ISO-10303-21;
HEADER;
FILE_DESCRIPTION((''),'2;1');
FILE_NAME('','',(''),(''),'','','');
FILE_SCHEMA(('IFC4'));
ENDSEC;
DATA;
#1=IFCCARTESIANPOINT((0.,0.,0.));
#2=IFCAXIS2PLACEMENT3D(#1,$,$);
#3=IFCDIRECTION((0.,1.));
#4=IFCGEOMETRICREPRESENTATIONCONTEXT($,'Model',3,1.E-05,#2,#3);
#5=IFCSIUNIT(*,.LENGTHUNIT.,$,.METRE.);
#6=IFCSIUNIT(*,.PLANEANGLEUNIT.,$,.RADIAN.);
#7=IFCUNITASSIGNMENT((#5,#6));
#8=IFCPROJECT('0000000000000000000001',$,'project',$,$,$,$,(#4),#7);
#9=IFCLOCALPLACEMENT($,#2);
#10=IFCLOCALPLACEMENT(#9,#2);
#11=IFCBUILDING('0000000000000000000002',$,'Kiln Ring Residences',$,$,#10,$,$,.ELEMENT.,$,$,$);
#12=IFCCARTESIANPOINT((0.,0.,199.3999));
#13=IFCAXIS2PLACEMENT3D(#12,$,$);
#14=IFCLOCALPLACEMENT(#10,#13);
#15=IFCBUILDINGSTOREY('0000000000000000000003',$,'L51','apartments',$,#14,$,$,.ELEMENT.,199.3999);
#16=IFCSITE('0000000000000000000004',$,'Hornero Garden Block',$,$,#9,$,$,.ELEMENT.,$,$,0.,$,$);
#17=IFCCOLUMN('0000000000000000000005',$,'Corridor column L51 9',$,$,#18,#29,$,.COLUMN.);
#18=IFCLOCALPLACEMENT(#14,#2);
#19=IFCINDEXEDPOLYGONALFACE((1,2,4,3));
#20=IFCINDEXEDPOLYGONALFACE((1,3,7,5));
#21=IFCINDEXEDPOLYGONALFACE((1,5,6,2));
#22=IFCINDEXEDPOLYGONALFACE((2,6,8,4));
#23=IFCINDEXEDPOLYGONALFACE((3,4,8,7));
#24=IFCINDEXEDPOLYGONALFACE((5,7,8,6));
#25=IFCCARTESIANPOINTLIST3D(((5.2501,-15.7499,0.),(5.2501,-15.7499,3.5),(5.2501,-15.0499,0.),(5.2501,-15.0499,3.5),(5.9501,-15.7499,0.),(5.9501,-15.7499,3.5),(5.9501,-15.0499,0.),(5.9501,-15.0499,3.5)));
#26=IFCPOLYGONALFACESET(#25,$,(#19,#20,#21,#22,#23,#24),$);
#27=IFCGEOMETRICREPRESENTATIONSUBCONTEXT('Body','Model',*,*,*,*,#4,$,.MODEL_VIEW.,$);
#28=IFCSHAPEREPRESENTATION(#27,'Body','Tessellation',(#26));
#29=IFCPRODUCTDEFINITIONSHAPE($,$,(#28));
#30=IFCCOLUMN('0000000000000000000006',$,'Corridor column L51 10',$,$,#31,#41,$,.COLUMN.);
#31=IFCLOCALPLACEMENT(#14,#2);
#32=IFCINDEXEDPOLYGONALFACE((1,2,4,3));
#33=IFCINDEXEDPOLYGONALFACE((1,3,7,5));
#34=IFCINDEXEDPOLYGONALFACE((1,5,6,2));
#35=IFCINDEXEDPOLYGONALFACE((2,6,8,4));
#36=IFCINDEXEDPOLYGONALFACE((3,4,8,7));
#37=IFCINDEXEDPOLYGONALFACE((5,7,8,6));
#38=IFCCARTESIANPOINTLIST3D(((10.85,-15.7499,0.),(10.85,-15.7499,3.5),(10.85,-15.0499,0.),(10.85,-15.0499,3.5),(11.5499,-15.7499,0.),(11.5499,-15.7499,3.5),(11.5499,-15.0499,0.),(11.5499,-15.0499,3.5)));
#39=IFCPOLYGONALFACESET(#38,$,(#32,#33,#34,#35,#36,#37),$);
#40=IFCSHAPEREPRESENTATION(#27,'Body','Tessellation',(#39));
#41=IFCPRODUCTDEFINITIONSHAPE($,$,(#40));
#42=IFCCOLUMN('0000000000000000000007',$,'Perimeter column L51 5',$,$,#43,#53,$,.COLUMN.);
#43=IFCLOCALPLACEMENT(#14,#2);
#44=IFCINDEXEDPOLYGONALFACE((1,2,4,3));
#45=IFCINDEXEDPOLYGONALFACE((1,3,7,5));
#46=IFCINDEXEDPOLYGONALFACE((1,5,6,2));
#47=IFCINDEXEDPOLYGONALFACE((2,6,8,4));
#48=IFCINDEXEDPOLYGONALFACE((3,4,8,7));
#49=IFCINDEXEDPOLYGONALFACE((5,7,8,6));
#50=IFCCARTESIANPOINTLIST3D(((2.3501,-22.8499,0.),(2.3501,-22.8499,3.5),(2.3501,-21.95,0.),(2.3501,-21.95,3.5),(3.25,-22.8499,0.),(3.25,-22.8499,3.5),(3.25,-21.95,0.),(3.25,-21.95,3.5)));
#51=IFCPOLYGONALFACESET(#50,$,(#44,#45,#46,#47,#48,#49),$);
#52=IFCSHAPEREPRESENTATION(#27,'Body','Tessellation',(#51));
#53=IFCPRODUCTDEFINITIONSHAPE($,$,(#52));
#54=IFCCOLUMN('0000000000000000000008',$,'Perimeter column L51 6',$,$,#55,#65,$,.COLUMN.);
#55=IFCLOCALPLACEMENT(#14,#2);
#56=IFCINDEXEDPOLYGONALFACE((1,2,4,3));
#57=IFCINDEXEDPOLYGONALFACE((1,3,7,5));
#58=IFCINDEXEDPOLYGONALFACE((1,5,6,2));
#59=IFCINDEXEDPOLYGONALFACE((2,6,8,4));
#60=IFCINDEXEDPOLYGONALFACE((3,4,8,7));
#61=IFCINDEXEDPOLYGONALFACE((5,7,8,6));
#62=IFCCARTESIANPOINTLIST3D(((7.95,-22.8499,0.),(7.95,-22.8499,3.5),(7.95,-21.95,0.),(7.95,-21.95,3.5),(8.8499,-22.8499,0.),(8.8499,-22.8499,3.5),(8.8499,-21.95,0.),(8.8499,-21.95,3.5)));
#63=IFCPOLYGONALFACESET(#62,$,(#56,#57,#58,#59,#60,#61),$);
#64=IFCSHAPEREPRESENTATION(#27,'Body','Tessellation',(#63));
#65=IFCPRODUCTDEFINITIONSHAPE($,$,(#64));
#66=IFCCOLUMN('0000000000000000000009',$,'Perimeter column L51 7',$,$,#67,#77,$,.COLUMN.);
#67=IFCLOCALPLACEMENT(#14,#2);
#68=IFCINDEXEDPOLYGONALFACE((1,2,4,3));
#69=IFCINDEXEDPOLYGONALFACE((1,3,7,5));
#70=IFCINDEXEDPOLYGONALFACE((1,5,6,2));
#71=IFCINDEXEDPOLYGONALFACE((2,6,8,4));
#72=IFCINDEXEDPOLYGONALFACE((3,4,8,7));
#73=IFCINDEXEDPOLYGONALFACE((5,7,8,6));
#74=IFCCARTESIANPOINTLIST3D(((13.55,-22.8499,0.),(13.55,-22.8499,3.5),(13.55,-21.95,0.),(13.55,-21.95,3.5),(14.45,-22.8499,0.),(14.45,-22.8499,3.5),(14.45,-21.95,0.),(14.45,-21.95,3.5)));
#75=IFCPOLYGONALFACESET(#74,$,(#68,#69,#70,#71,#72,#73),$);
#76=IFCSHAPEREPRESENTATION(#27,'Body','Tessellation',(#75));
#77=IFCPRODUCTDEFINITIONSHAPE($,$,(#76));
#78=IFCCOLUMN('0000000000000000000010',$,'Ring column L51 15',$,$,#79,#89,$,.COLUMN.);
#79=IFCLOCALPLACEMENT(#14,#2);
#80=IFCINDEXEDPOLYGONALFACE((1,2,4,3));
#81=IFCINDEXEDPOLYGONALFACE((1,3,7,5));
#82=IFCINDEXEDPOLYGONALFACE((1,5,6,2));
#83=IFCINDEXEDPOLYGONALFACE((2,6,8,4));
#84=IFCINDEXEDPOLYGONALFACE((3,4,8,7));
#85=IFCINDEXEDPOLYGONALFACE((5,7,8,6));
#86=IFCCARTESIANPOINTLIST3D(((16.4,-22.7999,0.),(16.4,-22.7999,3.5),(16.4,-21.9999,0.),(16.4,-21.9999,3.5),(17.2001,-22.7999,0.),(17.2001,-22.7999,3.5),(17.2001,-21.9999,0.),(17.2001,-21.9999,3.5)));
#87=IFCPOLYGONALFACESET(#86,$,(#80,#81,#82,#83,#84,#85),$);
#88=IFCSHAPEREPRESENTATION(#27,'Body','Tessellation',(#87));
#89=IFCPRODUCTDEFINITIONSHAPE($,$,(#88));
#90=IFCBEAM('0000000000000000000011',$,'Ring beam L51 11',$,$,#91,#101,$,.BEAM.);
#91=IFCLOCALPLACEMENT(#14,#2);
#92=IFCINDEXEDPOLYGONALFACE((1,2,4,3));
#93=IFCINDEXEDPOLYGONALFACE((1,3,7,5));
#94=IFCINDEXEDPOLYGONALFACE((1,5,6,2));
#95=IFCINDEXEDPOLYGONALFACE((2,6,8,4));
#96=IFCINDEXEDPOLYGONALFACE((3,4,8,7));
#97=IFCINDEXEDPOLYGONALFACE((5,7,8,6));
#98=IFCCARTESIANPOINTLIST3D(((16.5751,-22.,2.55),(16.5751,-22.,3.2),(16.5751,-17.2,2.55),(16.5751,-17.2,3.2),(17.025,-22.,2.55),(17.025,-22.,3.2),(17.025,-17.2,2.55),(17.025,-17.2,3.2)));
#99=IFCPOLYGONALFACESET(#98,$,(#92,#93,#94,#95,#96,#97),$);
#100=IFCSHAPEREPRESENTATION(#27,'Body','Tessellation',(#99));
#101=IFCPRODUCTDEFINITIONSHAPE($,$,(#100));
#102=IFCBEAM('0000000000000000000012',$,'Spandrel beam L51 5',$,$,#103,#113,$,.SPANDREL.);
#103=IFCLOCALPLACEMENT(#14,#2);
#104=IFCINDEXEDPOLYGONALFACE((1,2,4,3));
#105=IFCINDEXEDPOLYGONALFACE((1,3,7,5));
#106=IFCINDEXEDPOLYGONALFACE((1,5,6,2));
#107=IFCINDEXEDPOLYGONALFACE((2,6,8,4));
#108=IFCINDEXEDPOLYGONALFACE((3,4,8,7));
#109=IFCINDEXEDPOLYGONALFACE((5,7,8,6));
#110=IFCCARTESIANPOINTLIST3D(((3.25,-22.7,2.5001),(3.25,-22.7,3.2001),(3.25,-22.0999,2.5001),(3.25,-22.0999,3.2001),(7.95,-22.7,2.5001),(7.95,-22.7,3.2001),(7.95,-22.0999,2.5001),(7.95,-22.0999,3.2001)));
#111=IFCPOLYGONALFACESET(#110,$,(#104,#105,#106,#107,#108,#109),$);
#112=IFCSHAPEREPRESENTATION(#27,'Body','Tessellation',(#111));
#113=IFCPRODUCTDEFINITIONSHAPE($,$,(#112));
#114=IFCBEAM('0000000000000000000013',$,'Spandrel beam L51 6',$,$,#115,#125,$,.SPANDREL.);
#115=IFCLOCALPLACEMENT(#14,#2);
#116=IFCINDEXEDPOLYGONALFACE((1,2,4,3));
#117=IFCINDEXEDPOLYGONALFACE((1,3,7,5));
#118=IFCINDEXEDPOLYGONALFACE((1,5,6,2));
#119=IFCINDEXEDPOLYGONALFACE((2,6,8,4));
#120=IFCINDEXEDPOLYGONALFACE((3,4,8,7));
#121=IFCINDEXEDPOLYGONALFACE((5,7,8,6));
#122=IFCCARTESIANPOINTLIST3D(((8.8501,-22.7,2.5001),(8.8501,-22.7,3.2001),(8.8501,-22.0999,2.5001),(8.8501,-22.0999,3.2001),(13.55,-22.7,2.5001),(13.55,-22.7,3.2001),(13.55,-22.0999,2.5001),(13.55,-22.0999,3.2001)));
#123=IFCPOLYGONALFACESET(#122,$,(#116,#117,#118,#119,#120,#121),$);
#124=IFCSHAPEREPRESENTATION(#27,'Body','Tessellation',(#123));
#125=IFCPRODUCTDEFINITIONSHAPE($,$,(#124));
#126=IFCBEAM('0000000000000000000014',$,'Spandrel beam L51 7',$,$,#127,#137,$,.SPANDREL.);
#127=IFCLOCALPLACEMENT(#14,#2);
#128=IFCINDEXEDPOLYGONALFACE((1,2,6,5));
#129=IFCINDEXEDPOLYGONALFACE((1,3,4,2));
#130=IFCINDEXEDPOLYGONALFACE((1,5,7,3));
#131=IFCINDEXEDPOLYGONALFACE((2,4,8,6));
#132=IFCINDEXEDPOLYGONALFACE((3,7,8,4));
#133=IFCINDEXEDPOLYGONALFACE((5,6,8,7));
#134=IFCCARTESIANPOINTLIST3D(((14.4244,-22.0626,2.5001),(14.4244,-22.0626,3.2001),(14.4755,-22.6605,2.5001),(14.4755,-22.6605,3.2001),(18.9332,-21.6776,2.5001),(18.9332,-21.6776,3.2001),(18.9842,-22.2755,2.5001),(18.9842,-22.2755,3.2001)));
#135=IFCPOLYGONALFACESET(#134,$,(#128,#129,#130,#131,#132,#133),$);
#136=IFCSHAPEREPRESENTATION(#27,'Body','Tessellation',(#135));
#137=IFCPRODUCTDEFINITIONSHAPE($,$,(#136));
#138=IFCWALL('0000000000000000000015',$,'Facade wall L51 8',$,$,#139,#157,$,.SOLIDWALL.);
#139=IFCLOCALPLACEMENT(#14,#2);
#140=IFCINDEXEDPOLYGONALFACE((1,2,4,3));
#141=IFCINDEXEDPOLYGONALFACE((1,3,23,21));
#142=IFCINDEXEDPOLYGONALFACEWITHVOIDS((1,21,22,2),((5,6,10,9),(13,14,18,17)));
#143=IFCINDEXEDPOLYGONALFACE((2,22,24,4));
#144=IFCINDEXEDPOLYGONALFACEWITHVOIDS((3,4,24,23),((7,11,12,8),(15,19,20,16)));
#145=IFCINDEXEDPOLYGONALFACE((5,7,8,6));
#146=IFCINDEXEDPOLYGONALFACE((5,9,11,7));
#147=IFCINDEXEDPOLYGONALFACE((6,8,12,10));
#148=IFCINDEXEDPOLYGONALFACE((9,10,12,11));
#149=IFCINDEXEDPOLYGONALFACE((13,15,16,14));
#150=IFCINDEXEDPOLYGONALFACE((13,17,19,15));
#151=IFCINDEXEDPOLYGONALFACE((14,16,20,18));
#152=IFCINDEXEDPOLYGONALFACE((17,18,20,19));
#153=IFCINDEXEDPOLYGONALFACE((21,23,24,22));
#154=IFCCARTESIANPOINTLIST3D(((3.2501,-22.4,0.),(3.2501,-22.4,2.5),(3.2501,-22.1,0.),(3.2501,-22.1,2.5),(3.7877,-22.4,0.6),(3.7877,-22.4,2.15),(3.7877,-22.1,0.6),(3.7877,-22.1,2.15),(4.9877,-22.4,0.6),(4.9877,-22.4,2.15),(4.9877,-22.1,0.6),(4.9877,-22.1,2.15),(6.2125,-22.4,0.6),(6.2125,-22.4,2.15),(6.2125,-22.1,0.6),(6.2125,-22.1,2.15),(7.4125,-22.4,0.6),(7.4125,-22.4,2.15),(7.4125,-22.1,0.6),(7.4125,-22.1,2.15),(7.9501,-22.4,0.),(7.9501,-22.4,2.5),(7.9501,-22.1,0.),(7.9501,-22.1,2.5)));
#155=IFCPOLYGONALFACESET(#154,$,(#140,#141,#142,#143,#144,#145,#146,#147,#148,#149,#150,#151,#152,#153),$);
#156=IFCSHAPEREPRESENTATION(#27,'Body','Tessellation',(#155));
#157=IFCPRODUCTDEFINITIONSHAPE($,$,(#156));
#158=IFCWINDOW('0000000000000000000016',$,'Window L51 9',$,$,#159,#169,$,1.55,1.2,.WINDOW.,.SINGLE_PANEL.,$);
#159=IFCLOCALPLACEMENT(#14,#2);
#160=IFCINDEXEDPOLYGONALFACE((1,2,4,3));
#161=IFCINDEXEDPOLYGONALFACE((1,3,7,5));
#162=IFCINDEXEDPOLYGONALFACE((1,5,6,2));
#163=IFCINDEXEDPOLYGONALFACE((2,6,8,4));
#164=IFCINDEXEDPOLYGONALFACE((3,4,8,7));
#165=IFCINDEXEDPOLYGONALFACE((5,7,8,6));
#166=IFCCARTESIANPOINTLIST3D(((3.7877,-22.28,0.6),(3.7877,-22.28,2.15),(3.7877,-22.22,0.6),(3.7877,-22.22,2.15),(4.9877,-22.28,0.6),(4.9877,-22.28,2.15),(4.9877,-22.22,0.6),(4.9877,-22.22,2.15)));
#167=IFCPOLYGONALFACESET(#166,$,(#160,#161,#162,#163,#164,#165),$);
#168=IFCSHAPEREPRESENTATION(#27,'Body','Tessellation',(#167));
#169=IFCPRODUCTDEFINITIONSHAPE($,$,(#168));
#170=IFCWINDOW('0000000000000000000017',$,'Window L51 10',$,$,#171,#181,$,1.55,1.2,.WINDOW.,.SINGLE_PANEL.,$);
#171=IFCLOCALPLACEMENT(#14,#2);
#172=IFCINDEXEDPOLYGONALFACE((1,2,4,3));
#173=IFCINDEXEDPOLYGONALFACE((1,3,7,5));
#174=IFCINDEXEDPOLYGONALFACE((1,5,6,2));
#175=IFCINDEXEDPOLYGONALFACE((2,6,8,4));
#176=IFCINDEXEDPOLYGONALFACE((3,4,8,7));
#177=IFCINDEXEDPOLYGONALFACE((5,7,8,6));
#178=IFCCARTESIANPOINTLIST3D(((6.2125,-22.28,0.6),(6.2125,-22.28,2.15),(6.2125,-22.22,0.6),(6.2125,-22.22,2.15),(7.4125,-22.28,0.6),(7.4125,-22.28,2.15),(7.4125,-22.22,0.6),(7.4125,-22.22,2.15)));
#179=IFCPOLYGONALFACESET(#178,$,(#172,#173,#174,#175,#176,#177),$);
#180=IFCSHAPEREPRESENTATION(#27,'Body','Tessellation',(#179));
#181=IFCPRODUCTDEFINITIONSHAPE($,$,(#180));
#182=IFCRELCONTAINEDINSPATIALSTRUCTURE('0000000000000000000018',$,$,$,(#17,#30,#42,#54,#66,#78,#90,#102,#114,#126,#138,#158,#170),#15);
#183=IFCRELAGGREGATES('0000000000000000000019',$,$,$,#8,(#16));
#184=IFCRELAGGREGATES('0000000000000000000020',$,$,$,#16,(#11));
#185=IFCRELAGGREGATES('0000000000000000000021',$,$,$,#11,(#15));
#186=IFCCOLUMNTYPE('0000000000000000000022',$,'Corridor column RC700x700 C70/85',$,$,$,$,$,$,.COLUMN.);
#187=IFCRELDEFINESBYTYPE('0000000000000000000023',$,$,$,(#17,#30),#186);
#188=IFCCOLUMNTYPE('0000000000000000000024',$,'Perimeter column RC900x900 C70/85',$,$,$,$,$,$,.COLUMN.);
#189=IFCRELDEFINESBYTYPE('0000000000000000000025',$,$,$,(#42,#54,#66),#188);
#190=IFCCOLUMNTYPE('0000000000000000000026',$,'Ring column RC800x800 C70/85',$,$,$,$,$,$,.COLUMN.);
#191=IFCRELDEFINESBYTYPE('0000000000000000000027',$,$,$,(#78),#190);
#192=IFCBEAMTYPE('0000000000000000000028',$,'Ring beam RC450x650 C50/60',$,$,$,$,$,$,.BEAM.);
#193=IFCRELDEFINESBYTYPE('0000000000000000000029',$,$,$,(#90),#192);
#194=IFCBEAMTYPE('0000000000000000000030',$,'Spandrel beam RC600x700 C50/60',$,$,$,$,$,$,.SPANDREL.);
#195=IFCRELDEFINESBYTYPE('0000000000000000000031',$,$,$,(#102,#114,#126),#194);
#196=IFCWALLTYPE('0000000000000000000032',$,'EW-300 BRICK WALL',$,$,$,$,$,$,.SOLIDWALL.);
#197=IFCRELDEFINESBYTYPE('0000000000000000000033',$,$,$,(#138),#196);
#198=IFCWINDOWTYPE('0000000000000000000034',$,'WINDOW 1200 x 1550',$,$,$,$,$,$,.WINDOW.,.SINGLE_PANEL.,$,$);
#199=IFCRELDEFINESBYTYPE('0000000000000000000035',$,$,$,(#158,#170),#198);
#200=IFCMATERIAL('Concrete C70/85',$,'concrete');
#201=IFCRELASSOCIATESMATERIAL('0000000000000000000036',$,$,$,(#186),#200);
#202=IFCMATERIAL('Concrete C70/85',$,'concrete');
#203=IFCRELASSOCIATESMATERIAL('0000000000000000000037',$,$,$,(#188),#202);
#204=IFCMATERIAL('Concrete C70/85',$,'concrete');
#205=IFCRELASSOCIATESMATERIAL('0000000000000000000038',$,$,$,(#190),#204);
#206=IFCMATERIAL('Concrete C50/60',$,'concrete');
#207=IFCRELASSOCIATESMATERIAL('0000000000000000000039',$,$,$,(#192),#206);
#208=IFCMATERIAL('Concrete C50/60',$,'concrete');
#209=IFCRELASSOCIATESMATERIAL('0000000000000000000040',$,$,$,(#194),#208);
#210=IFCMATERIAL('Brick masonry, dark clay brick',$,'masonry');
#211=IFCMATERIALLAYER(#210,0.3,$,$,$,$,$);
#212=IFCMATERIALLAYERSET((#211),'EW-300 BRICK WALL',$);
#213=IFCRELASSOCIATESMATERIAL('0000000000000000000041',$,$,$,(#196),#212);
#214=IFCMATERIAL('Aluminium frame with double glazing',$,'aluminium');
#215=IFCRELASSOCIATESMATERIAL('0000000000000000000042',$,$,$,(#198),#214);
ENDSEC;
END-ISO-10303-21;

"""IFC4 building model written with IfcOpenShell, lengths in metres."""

from ifc_helpers import new_model, si_unit, direction, frame, frame_2d, origin, origin_2d, place, context, subcontext, project, spatial, rectangle, extrude, material, layer, layer_set, material_profile, profile_set, type_object, element, fill, save


model = new_model("IFC4")

# Units and contexts
model_context = context("Model", 3, precision=1e-05, world=origin(), true_north=direction((0.0, 1.0)))
body_context = subcontext(model_context, "Body", "Model", "MODEL_VIEW")
ifc_project = project(units=[si_unit("LENGTHUNIT", "METRE"), si_unit("PLANEANGLEUNIT", "RADIAN")], contexts=[model_context])

# Site, building, storey
site_placement = place(None, origin())
site = spatial("IfcSite", under=ifc_project, at=site_placement, Name="Hornero Garden Block", CompositionType="ELEMENT", RefElevation=0.0)
building_placement = place(site_placement, origin())
building = spatial("IfcBuilding", under=site, at=building_placement, Name="Kiln Ring Residences", CompositionType="ELEMENT")
storey_placement = place(building_placement, frame((0.0, 0.0, 199.3999)))
storey = spatial("IfcBuildingStorey", under=building, at=storey_placement, Name="L51", Description="apartments", CompositionType="ELEMENT", Elevation=199.3999)

# Columns
ifc_material_1 = material(Name="Concrete C70/85", Category="concrete")
ifc_material_profile_1 = material_profile(ifc_material_1, rectangle(XDim=0.7, YDim=0.7, at=origin_2d()), Name="RC700x700")
ifc_profile_set_1 = profile_set([ifc_material_profile_1], Name="Concrete C70/85")
column_type_1 = type_object("IfcColumnType", Name="Corridor column RC700x700 C70/85", PredefinedType="COLUMN", material=ifc_profile_set_1)
for number, where, z_axis, x_axis, name in (
    (1, (5.6001, -15.3999, 0.0), (0.0, 0.0, 1.0), (1.0, 0.0, 0.0), "Corridor column L51 9"),
    (2, (11.2, -15.3999, 0.0), (0.0, 0.0, 1.0), (1.0, 0.0, 0.0), "Corridor column L51 10"),
):
    element("IfcColumn", number, at=place(storey_placement, frame(where, z_axis=z_axis, x_axis=x_axis)), inside=storey, type_object=column_type_1, Name=name, PredefinedType="COLUMN", context=body_context, shape_type="SweptSolid", body=[
        extrude(rectangle(XDim=0.7, YDim=0.7, at=origin_2d()), origin(), (0.0, 0.0, 1.0), 3.5),
    ])
ifc_material_2 = material(Name="Concrete C70/85", Category="concrete")
ifc_material_profile_2 = material_profile(ifc_material_2, rectangle(XDim=0.8999, YDim=0.8999, at=origin_2d()), Name="RC900x900")
ifc_profile_set_2 = profile_set([ifc_material_profile_2], Name="Concrete C70/85")
column_type_2 = type_object("IfcColumnType", Name="Perimeter column RC900x900 C70/85", PredefinedType="COLUMN", material=ifc_profile_set_2)
for number, where, z_axis, x_axis, name in (
    (3, (2.8, -22.3999, 0.0), (0.0, 0.0, 1.0), (1.0, 0.0, 0.0), "Perimeter column L51 5"),
    (4, (8.3999, -22.3999, 0.0), (0.0, 0.0, 1.0), (1.0, 0.0, 0.0), "Perimeter column L51 6"),
    (5, (14.0, -22.3999, 0.0), (0.0, 0.0, 1.0), (1.0, 0.0, 0.0), "Perimeter column L51 7"),
):
    element("IfcColumn", number, at=place(storey_placement, frame(where, z_axis=z_axis, x_axis=x_axis)), inside=storey, type_object=column_type_2, Name=name, PredefinedType="COLUMN", context=body_context, shape_type="SweptSolid", body=[
        extrude(rectangle(XDim=0.8999, YDim=0.8999, at=origin_2d()), origin(), (0.0, 0.0, 1.0), 3.5),
    ])
ifc_material_3 = material(Name="Concrete C70/85", Category="concrete")
ifc_material_profile_3 = material_profile(ifc_material_3, rectangle(XDim=0.8, YDim=0.8, at=origin_2d()), Name="RC800x800")
ifc_profile_set_3 = profile_set([ifc_material_profile_3], Name="Concrete C70/85")
column_type_3 = type_object("IfcColumnType", Name="Ring column RC800x800 C70/85", PredefinedType="COLUMN", material=ifc_profile_set_3)
column_placement = place(storey_placement, frame((16.8, -22.3999, 0.0), z_axis=(0.0, 0.0, 1.0), x_axis=(1.0, 0.0, 0.0)))
element("IfcColumn", 6, at=column_placement, inside=storey, type_object=column_type_3, Name="Ring column L51 15", PredefinedType="COLUMN", context=body_context, shape_type="SweptSolid", body=[
    extrude(rectangle(XDim=0.8, YDim=0.8, at=origin_2d()), origin(), (0.0, 0.0, 1.0), 3.5),
])

# Beams
ifc_material_4 = material(Name="Concrete C50/60", Category="concrete")
ifc_material_profile_4 = material_profile(ifc_material_4, rectangle(XDim=0.45, YDim=0.6499, at=origin_2d()), Name="RC450x650")
ifc_profile_set_4 = profile_set([ifc_material_profile_4], Name="Concrete C50/60")
beam_type_1 = type_object("IfcBeamType", Name="Ring beam RC450x650 C50/60", PredefinedType="BEAM", material=ifc_profile_set_4)
beam_1_placement = place(storey_placement, frame((16.8, -17.2, 2.875), z_axis=(0.0, -1.0, 0.0), x_axis=(1.0, 0.0, 0.0)))
element("IfcBeam", 7, at=beam_1_placement, inside=storey, type_object=beam_type_1, Name="Ring beam L51 11", PredefinedType="BEAM", context=body_context, shape_type="SweptSolid", body=[
    extrude(rectangle(XDim=0.45, YDim=0.6499, at=origin_2d()), origin(), (0.0, 0.0, 1.0), 4.8),
])
ifc_material_5 = material(Name="Concrete C50/60", Category="concrete")
ifc_material_profile_5 = material_profile(ifc_material_5, rectangle(XDim=0.6001, YDim=0.7, at=origin_2d()), Name="RC600x700")
ifc_profile_set_5 = profile_set([ifc_material_profile_5], Name="Concrete C50/60")
beam_type_2 = type_object("IfcBeamType", Name="Spandrel beam RC600x700 C50/60", PredefinedType="SPANDREL", material=ifc_profile_set_5)
for number, where, z_axis, x_axis, name in (
    (8, (3.25, -22.3999, 2.8501), (1.0, 0.0, 0.0), (0.0, 1.0, 0.0), "Spandrel beam L51 5"),
    (9, (8.8501, -22.3999, 2.8501), (1.0, 0.0, 0.0), (0.0, 1.0, 0.0), "Spandrel beam L51 6"),
):
    element("IfcBeam", number, at=place(storey_placement, frame(where, z_axis=z_axis, x_axis=x_axis)), inside=storey, type_object=beam_type_2, Name=name, PredefinedType="SPANDREL", context=body_context, shape_type="SweptSolid", body=[
        extrude(rectangle(XDim=0.6001, YDim=0.7, at=origin_2d()), origin(), (0.0, 0.0, 1.0), 4.7),
    ])
beam_2_placement = place(storey_placement, frame((14.45, -22.3616, 2.8501), z_axis=(0.996374, 0.085081, 0.0), x_axis=(-0.085081, 0.996374, 0.0)))
element("IfcBeam", 10, at=beam_2_placement, inside=storey, type_object=beam_type_2, Name="Spandrel beam L51 7", PredefinedType="SPANDREL", context=body_context, shape_type="SweptSolid", body=[
    extrude(rectangle(XDim=0.6001, YDim=0.7, at=origin_2d()), origin(), (0.0, 0.0, 1.0), 4.5251),
])

# Wall, openings, windows
ifc_material_6 = material(Name="Brick masonry, dark clay brick", Category="masonry")
ifc_layer_1 = layer(ifc_material_6, 0.3)
ifc_layer_set_1 = layer_set([ifc_layer_1], Name="EW-300 BRICK WALL")
wall_type_1 = type_object("IfcWallType", Name="EW-300 BRICK WALL", PredefinedType="SOLIDWALL", material=ifc_layer_set_1)
wall_1_placement = place(storey_placement, frame((3.25, -22.25, 0.0), z_axis=(0.0, 0.0, 1.0), x_axis=(1.0, 0.0, 0.0)))
wall_1 = element("IfcWall", 11, at=wall_1_placement, inside=storey, type_object=wall_type_1, Name="Facade wall L51 8", PredefinedType="SOLIDWALL", context=body_context, shape_type="SweptSolid", body=[
    extrude(rectangle(XDim=4.7, YDim=0.3, at=frame_2d((2.3501, 0.0))), origin(), (0.0, 0.0, 1.0), 2.5),
])
opening_1_placement = place(wall_1_placement, frame((0.5376, 0.0, 0.6001)))
opening_1 = element("IfcOpeningElement", 12, at=opening_1_placement, cuts=wall_1, PredefinedType="OPENING", context=body_context, shape_type="SweptSolid", body=[
    extrude(rectangle(XDim=1.2, YDim=1.55, at=frame_2d((0.6001, 0.7749))), frame((0.0, 0.1599, 0.0), z_axis=(0.0, -1.0, 0.0), x_axis=(1.0, 0.0, 0.0)), (0.0, 0.0, 1.0), 0.3201),
])
opening_2_placement = place(wall_1_placement, frame((2.9624, 0.0, 0.6001)))
opening_2 = element("IfcOpeningElement", 13, at=opening_2_placement, cuts=wall_1, PredefinedType="OPENING", context=body_context, shape_type="SweptSolid", body=[
    extrude(rectangle(XDim=1.2, YDim=1.55, at=frame_2d((0.6001, 0.7749))), frame((0.0, 0.1599, 0.0), z_axis=(0.0, -1.0, 0.0), x_axis=(1.0, 0.0, 0.0)), (0.0, 0.0, 1.0), 0.3201),
])
ifc_material_7 = material(Name="Aluminium frame with double glazing", Category="aluminium")
window_type = type_object("IfcWindowType", Name="WINDOW 1200 x 1550", PartitioningType="SINGLE_PANEL", PredefinedType="WINDOW", material=ifc_material_7)
window_1_placement = place(opening_1_placement, origin())
window_1 = element("IfcWindow", 14, at=window_1_placement, inside=storey, type_object=window_type, Name="Window L51 9", OverallHeight=1.55, OverallWidth=1.2, PartitioningType="SINGLE_PANEL", PredefinedType="WINDOW", context=body_context, shape_type="SweptSolid", body=[
    extrude(rectangle(XDim=1.2, YDim=1.55, at=frame_2d((0.6001, 0.7749))), frame((0.0, 0.03, 0.0), z_axis=(0.0, -1.0, 0.0), x_axis=(1.0, 0.0, 0.0)), (0.0, 0.0, 1.0), 0.0601),
])
fill(opening_1, window_1)
window_2_placement = place(opening_2_placement, origin())
window_2 = element("IfcWindow", 15, at=window_2_placement, inside=storey, type_object=window_type, Name="Window L51 10", OverallHeight=1.55, OverallWidth=1.2, PartitioningType="SINGLE_PANEL", PredefinedType="WINDOW", context=body_context, shape_type="SweptSolid", body=[
    extrude(rectangle(XDim=1.2, YDim=1.55, at=frame_2d((0.6001, 0.7749))), frame((0.0, 0.03, 0.0), z_axis=(0.0, -1.0, 0.0), x_axis=(1.0, 0.0, 0.0)), (0.0, 0.0, 1.0), 0.0601),
])
fill(opening_2, window_2)

save(model, "model.ifc")
